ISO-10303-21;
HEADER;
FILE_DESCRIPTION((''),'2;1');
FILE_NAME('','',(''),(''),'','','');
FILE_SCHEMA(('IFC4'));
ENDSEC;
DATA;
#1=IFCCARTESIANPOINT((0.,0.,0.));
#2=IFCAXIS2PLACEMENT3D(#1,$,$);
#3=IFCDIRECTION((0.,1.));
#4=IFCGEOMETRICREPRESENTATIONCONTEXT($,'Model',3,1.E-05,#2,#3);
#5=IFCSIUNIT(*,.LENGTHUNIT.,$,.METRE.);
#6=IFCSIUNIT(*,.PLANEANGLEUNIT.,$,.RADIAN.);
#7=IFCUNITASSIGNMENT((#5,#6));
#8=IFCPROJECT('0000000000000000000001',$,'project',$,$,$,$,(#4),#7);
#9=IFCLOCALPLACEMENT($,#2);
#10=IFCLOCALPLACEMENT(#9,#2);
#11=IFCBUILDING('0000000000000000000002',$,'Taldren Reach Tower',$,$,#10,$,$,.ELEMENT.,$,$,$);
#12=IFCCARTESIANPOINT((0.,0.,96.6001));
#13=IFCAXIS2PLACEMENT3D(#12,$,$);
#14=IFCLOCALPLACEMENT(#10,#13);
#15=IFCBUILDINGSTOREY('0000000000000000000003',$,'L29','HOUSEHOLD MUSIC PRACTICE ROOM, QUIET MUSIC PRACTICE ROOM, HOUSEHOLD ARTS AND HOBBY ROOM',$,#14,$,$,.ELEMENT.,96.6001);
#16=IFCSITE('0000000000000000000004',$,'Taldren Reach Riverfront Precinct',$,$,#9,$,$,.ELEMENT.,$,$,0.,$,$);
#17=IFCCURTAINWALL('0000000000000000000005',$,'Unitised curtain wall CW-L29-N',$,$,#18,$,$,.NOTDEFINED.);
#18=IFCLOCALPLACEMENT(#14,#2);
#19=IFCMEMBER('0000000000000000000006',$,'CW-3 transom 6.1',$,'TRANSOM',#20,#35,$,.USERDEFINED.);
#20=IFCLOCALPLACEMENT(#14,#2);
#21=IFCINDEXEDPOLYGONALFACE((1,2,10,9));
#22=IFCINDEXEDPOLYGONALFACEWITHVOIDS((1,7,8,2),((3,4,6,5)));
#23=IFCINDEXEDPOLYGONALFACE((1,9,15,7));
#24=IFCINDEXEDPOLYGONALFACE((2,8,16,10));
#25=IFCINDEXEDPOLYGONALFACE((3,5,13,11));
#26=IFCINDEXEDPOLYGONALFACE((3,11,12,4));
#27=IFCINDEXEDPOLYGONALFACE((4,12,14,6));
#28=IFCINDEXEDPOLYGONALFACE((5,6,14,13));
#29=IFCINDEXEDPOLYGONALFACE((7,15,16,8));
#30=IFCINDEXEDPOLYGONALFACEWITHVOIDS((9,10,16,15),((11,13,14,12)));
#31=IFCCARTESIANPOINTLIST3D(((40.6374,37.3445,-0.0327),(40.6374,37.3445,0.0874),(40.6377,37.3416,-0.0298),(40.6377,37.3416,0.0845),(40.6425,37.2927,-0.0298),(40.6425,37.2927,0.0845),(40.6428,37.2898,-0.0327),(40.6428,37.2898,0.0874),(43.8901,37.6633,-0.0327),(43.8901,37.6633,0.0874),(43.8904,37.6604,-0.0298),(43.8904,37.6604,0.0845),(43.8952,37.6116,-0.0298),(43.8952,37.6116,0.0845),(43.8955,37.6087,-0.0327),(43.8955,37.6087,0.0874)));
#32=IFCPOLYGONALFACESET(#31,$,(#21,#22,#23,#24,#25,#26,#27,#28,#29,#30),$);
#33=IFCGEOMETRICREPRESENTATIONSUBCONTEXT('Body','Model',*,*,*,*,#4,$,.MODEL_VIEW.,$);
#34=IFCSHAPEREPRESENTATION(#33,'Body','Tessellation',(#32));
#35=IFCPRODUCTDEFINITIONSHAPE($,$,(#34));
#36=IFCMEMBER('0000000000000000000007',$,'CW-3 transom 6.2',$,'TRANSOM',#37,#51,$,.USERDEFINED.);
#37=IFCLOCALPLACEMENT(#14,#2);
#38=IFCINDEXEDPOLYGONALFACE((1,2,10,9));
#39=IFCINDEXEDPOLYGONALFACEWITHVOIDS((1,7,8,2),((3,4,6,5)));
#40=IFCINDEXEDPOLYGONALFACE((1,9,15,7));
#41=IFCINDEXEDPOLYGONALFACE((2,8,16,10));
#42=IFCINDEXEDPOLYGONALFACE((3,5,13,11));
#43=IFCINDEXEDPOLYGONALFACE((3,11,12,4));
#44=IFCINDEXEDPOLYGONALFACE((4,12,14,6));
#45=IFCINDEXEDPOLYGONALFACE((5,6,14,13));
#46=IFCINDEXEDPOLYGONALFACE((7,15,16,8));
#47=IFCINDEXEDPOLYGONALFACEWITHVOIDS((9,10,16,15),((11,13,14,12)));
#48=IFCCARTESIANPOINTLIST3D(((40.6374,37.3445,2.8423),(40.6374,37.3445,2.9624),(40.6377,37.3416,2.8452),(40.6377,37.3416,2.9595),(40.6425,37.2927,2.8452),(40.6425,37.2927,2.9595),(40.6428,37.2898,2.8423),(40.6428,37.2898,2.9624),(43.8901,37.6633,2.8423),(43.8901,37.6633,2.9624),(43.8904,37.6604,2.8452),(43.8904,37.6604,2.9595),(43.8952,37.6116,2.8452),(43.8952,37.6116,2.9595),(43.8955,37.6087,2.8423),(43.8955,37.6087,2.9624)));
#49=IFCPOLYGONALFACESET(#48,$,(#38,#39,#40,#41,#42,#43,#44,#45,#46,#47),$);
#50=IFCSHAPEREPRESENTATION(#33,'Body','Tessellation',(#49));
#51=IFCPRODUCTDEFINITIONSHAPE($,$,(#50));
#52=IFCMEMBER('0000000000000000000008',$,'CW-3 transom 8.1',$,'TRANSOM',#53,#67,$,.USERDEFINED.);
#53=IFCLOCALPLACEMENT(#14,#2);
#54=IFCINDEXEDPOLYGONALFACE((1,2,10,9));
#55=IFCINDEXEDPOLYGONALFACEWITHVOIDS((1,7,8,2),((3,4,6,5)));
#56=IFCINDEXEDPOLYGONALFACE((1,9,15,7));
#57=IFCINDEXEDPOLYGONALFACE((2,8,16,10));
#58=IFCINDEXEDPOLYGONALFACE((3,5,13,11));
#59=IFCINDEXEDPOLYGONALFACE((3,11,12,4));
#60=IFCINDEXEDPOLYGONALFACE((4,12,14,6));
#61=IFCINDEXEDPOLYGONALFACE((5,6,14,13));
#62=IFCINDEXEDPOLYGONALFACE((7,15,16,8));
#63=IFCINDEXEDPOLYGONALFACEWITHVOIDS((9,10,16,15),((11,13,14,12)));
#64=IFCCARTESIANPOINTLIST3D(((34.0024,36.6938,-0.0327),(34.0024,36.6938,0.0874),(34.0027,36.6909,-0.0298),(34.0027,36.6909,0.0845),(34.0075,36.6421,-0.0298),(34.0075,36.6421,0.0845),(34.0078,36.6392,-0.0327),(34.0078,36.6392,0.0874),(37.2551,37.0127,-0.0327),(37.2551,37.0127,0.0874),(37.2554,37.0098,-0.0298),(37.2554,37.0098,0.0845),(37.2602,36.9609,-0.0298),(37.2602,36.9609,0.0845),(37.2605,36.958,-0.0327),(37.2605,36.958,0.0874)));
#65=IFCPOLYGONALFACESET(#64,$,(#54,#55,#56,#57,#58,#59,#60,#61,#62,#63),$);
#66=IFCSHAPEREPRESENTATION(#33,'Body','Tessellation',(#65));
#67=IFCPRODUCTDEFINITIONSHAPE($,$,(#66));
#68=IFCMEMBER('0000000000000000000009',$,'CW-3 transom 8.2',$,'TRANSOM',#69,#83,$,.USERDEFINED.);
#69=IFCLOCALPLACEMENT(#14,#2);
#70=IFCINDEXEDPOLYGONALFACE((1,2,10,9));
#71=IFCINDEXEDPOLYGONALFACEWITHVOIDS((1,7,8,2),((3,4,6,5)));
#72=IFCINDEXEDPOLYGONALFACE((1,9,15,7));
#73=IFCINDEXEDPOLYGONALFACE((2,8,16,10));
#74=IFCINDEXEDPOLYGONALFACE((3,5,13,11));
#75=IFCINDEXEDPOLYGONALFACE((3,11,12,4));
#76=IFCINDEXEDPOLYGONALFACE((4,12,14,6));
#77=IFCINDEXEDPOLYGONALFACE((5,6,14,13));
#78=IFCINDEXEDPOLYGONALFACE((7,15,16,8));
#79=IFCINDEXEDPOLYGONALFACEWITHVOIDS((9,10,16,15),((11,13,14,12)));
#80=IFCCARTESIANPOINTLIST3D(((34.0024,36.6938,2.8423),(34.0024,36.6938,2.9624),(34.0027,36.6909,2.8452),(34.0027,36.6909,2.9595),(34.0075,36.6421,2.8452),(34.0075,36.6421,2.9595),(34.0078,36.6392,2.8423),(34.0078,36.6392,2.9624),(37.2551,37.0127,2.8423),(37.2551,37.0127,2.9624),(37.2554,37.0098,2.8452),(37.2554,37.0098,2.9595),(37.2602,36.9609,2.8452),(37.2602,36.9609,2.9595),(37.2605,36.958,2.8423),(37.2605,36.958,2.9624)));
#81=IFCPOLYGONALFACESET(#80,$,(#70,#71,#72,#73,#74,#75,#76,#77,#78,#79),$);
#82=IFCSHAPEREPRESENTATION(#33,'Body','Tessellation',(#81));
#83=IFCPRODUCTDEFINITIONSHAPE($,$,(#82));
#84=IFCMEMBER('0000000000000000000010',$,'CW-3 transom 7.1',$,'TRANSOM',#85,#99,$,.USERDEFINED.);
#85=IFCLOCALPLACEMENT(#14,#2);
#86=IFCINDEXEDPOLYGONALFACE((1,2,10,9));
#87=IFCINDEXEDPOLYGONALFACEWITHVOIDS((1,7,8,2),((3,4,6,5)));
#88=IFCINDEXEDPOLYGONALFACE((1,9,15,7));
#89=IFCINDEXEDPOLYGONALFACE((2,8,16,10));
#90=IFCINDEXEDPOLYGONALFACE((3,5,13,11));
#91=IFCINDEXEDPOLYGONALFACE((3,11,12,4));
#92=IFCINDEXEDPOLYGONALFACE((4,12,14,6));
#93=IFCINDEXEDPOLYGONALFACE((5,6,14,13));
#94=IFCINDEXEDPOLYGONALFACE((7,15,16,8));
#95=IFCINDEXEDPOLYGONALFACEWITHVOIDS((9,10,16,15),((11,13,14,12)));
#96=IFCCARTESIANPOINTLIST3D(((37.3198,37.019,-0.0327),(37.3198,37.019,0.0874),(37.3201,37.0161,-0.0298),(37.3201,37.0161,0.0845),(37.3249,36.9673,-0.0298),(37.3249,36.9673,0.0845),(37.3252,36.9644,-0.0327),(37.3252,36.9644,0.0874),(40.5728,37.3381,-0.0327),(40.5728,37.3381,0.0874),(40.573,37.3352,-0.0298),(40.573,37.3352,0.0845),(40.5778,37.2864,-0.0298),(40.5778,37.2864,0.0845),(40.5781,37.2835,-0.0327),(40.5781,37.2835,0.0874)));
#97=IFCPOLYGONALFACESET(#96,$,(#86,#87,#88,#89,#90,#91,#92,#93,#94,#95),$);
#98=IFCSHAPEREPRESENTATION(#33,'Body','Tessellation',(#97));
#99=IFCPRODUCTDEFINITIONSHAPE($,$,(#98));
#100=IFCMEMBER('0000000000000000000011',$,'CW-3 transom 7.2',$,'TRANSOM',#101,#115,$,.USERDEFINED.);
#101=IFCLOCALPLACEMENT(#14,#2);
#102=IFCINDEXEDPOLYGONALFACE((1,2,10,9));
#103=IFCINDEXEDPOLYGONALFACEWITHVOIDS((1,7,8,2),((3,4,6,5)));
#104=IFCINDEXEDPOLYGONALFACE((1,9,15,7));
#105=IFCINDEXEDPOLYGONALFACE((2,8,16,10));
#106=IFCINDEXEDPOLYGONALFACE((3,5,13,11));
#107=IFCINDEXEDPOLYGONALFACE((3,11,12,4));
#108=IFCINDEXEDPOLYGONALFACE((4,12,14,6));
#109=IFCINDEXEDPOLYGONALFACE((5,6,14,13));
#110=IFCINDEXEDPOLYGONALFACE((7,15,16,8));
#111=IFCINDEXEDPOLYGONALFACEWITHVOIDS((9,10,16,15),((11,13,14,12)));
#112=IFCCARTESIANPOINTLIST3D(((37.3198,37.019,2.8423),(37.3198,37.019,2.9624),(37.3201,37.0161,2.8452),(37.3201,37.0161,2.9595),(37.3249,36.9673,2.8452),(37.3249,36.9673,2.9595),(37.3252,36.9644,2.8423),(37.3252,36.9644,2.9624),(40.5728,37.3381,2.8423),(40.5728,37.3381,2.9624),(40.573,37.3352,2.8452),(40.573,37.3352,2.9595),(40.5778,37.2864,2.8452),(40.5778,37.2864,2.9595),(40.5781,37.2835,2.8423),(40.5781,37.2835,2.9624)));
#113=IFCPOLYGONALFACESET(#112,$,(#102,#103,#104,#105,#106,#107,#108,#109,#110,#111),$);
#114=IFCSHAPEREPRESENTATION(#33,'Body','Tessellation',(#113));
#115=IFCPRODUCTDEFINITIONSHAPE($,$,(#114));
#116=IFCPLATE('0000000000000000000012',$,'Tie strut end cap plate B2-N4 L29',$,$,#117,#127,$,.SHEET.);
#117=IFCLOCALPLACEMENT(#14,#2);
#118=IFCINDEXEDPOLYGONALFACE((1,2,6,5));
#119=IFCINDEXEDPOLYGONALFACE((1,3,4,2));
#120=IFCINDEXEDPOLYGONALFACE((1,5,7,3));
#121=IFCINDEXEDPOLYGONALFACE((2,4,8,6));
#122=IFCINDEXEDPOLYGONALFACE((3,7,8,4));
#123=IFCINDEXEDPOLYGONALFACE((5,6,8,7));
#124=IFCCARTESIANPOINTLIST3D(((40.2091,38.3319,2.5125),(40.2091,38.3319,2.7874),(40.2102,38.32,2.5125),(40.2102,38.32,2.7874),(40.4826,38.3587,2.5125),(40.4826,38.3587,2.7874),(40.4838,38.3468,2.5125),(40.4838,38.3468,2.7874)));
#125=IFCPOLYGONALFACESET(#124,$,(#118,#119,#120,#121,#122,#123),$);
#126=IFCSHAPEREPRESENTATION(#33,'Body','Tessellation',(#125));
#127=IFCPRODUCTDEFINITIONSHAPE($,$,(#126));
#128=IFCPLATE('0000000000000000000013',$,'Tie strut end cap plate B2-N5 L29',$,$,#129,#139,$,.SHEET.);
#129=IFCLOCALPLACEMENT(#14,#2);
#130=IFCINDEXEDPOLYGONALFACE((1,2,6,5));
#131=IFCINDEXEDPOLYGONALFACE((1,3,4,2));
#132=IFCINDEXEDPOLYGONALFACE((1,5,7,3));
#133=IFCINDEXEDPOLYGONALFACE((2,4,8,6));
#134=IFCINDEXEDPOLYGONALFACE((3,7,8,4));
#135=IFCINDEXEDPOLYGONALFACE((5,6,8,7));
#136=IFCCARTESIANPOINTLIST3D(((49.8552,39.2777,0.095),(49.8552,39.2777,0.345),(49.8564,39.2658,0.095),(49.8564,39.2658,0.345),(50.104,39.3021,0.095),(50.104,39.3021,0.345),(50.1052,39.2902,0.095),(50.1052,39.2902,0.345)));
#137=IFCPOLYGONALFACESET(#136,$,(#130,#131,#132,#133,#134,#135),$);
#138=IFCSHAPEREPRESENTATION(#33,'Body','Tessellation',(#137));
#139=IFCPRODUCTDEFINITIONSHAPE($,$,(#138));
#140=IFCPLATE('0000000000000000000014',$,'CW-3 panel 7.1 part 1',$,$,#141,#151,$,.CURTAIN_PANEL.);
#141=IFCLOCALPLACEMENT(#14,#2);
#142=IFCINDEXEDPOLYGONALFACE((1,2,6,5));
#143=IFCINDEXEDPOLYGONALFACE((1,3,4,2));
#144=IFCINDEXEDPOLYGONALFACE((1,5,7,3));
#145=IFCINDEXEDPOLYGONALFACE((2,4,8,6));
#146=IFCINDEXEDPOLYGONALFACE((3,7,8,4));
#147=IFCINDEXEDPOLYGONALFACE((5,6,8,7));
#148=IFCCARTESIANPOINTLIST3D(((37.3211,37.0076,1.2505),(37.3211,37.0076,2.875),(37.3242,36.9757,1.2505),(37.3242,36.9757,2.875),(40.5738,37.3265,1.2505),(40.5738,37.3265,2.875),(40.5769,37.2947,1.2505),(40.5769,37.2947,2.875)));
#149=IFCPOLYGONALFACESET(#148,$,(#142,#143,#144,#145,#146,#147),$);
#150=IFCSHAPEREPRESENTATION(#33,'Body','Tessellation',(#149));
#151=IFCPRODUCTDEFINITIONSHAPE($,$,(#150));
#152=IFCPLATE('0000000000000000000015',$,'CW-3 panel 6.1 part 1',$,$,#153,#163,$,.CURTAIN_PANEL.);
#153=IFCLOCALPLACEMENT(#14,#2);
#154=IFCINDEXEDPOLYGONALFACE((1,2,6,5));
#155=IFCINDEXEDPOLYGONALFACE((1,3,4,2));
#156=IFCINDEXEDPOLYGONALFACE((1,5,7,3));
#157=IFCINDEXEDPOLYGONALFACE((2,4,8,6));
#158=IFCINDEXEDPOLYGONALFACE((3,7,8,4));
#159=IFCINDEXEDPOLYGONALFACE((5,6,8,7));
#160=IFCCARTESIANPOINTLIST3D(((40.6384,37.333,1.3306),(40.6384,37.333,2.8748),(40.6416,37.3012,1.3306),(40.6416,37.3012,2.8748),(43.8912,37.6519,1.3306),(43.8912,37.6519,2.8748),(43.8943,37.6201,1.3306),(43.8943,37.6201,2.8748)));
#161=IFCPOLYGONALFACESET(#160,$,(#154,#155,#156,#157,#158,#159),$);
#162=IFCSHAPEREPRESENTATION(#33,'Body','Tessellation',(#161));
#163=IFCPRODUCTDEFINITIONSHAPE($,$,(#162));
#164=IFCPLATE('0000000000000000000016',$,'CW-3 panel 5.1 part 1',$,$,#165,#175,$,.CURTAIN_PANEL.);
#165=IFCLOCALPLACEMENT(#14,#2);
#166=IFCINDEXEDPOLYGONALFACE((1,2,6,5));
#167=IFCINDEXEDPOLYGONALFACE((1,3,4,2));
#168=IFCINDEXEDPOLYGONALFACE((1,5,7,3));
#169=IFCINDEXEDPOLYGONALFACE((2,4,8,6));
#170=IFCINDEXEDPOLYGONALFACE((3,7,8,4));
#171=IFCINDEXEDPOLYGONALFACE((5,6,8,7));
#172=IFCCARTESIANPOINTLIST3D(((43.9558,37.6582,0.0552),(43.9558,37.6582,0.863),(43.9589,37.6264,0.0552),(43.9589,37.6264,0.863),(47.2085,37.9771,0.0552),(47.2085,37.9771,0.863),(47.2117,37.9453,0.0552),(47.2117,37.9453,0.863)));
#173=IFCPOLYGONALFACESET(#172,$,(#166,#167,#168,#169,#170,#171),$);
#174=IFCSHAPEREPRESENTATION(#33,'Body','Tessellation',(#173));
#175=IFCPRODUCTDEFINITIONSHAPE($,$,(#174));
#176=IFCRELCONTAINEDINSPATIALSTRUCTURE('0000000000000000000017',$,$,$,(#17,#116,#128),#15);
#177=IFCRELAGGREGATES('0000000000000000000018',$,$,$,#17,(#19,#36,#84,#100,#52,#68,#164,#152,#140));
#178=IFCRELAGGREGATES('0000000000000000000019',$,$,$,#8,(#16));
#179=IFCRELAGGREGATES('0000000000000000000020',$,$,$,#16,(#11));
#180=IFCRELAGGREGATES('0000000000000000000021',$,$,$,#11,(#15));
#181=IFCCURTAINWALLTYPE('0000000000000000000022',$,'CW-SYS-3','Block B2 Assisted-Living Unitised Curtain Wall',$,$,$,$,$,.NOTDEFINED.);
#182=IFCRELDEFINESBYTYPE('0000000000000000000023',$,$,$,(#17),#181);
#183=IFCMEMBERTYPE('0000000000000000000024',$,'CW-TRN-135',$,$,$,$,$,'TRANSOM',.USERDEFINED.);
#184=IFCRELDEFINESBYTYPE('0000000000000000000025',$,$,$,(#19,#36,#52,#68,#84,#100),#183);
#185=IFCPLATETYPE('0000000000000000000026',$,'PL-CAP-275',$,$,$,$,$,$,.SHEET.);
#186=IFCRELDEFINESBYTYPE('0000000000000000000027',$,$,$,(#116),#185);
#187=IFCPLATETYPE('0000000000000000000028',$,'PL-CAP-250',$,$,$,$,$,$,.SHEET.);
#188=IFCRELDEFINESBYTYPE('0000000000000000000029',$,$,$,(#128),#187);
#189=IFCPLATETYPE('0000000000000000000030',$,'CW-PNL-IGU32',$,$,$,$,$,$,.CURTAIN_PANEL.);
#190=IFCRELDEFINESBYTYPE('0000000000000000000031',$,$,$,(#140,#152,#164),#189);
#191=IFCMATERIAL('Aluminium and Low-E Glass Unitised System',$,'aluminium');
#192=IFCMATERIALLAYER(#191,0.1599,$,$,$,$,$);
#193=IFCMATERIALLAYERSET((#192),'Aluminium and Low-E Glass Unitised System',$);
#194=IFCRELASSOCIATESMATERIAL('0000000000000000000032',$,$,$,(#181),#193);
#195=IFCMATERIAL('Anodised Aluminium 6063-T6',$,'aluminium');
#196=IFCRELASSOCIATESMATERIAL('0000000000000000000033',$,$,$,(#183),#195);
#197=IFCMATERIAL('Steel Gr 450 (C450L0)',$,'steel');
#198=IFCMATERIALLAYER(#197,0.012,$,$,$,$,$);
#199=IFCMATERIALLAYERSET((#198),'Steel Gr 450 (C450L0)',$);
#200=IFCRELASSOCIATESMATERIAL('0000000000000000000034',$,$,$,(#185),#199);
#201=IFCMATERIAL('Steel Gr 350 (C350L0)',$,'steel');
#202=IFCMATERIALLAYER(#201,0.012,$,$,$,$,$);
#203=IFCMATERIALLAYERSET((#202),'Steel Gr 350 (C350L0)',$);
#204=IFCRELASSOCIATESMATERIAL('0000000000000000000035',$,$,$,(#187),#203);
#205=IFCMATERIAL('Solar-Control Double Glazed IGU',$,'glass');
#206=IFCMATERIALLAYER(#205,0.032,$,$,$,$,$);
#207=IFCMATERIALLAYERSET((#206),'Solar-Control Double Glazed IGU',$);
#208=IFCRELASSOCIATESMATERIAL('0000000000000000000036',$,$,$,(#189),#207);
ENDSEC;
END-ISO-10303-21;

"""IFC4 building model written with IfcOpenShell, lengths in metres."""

from ifc_helpers import new_model, si_unit, direction, frame, origin, origin_2d, place, context, subcontext, project, spatial, rectangle, hollow_rectangle, extrude, source, transform, mapped, material, layer, layer_set, material_profile, profile_set, type_object, element, aggregate, save


model = new_model("IFC4")

# Units and contexts
model_context = context("Model", 3, precision=1e-05, world=origin(), true_north=direction((0.0, 1.0)))
body_context = subcontext(model_context, "Body", "Model", "MODEL_VIEW")
ifc_project = project(units=[si_unit("LENGTHUNIT", "METRE"), si_unit("PLANEANGLEUNIT", "RADIAN")], contexts=[model_context])

# Site, building, storey
site_placement = place(None, origin())
site = spatial("IfcSite", under=ifc_project, at=site_placement, Name="Taldren Reach Riverfront Precinct", CompositionType="ELEMENT", RefElevation=0.0)
building_placement = place(site_placement, origin())
building = spatial("IfcBuilding", under=site, at=building_placement, Name="Taldren Reach Tower", CompositionType="ELEMENT")
storey_placement = place(building_placement, frame((0.0, 0.0, 96.6001)))
storey = spatial("IfcBuildingStorey", under=building, at=storey_placement, Name="L29", Description="HOUSEHOLD MUSIC PRACTICE ROOM, QUIET MUSIC PRACTICE ROOM, HOUSEHOLD ARTS AND HOBBY ROOM", CompositionType="ELEMENT", Elevation=96.6001)

# Shared definitions
ifc_material_1 = material(Name="Steel Gr 450 (C450L0)", Category="steel")
ifc_material_2 = material(Name="Steel Gr 350 (C350L0)", Category="steel")

# Curtain wall, members
ifc_material_3 = material(Name="Aluminium and Low-E Glass Unitised System", Category="aluminium")
ifc_layer_1 = layer(ifc_material_3, 0.1599)
ifc_layer_set_1 = layer_set([ifc_layer_1], Name="Aluminium and Low-E Glass Unitised System")
curtain_wall_type = type_object("IfcCurtainWallType", Name="CW-SYS-3", Description="Block B2 Assisted-Living Unitised Curtain Wall", PredefinedType="NOTDEFINED", material=ifc_layer_set_1)
curtain_wall_placement = place(storey_placement, origin())
curtain_wall = element("IfcCurtainWall", 1, at=curtain_wall_placement, inside=storey, type_object=curtain_wall_type, Name="Unitised curtain wall CW-L29-N", PredefinedType="NOTDEFINED")
ifc_material_4 = material(Name="Anodised Aluminium 6063-T6", Category="aluminium")
ifc_material_profile_1 = material_profile(ifc_material_4, hollow_rectangle(XDim=0.0549, YDim=0.1201, WallThickness=0.0029, at=origin_2d()), Name="ALU-120x55x3RHS")
ifc_profile_set_1 = profile_set([ifc_material_profile_1], Name="Anodised Aluminium 6063-T6")
member_type_1 = type_object("IfcMemberType", Name="CW-TRN-135", ElementType="TRANSOM", PredefinedType="USERDEFINED", material=ifc_profile_set_1)
shared_shape_1 = source(origin(), body_context, "Body", "SweptSolid", [
    extrude(hollow_rectangle(XDim=0.0549, YDim=0.1201, WallThickness=0.0029, at=origin_2d()), origin(), (0.0, 0.0, 1.0), 3.2683),
])
member_1_placement = place(storey_placement, frame((43.8928, 37.636, 0.0273), z_axis=(-0.99523, -0.097558, 0.0), x_axis=(0.097558, -0.99523, 0.0)))
member_1 = element("IfcMember", 2, at=member_1_placement, type_object=member_type_1, Name="CW-3 transom 6.1", ObjectType="TRANSOM", PredefinedType="USERDEFINED", context=body_context, shape_type="MappedRepresentation", body=[
    mapped(shared_shape_1, transform((0.0, 0.0, 0.0), scale=1.0)),
])
member_2_placement = place(storey_placement, frame((43.8928, 37.636, 2.9023), z_axis=(-0.99523, -0.097558, 0.0), x_axis=(0.097558, -0.99523, 0.0)))
member_2 = element("IfcMember", 3, at=member_2_placement, type_object=member_type_1, Name="CW-3 transom 6.2", ObjectType="TRANSOM", PredefinedType="USERDEFINED", context=body_context, shape_type="MappedRepresentation", body=[
    mapped(shared_shape_1, transform((0.0, 0.0, 0.0), scale=1.0)),
])
member_3_placement = place(storey_placement, frame((37.2578, 36.9854, 0.0273), z_axis=(-0.99523, -0.097558, 0.0), x_axis=(0.097558, -0.99523, 0.0)))
member_3 = element("IfcMember", 4, at=member_3_placement, type_object=member_type_1, Name="CW-3 transom 8.1", ObjectType="TRANSOM", PredefinedType="USERDEFINED", context=body_context, shape_type="MappedRepresentation", body=[
    mapped(shared_shape_1, transform((0.0, 0.0, 0.0), scale=1.0)),
])
member_4_placement = place(storey_placement, frame((37.2578, 36.9854, 2.9023), z_axis=(-0.99523, -0.097558, 0.0), x_axis=(0.097558, -0.99523, 0.0)))
member_4 = element("IfcMember", 5, at=member_4_placement, type_object=member_type_1, Name="CW-3 transom 8.2", ObjectType="TRANSOM", PredefinedType="USERDEFINED", context=body_context, shape_type="MappedRepresentation", body=[
    mapped(shared_shape_1, transform((0.0, 0.0, 0.0), scale=1.0)),
])
shared_shape_2 = source(origin(), body_context, "Body", "SweptSolid", [
    extrude(hollow_rectangle(XDim=0.0549, YDim=0.1201, WallThickness=0.0029, at=origin_2d()), origin(), (0.0, 0.0, 1.0), 3.2686),
])
member_5_placement = place(storey_placement, frame((40.5754, 37.3108, 0.0273), z_axis=(-0.995223, -0.097625, 0.0), x_axis=(0.097625, -0.995223, 0.0)))
member_5 = element("IfcMember", 6, at=member_5_placement, type_object=member_type_1, Name="CW-3 transom 7.1", ObjectType="TRANSOM", PredefinedType="USERDEFINED", context=body_context, shape_type="MappedRepresentation", body=[
    mapped(shared_shape_2, transform((0.0, 0.0, 0.0), scale=1.0)),
])
member_6_placement = place(storey_placement, frame((40.5754, 37.3108, 2.9023), z_axis=(-0.995223, -0.097625, 0.0), x_axis=(0.097625, -0.995223, 0.0)))
member_6 = element("IfcMember", 7, at=member_6_placement, type_object=member_type_1, Name="CW-3 transom 7.2", ObjectType="TRANSOM", PredefinedType="USERDEFINED", context=body_context, shape_type="MappedRepresentation", body=[
    mapped(shared_shape_2, transform((0.0, 0.0, 0.0), scale=1.0)),
])

# Plates
ifc_layer_2 = layer(ifc_material_1, 0.012)
ifc_layer_set_2 = layer_set([ifc_layer_2], Name="Steel Gr 450 (C450L0)")
plate_type_1 = type_object("IfcPlateType", Name="PL-CAP-275", PredefinedType="SHEET", material=ifc_layer_set_2)
shared_shape_3 = source(origin(), body_context, "Body", "SweptSolid", [
    extrude(rectangle(XDim=0.2749, YDim=0.012, at=origin_2d()), origin(), (0.0, 0.0, 1.0), 0.2749),
])
plate_1_placement = place(storey_placement, frame((40.3464, 38.3394, 2.5125), z_axis=(0.0, 0.0, 1.0), x_axis=(0.995227, 0.097583, 0.0)))
element("IfcPlate", 8, at=plate_1_placement, inside=storey, type_object=plate_type_1, Name="Tie strut end cap plate B2-N4 L29", PredefinedType="SHEET", context=body_context, shape_type="MappedRepresentation", body=[
    mapped(shared_shape_3, transform((0.0, 0.0, 0.0), scale=1.0)),
])
ifc_layer_3 = layer(ifc_material_2, 0.012)
ifc_layer_set_3 = layer_set([ifc_layer_3], Name="Steel Gr 350 (C350L0)")
plate_type_2 = type_object("IfcPlateType", Name="PL-CAP-250", PredefinedType="SHEET", material=ifc_layer_set_3)
shared_shape_4 = source(origin(), body_context, "Body", "SweptSolid", [
    extrude(rectangle(XDim=0.25, YDim=0.012, at=origin_2d()), origin(), (0.0, 0.0, 1.0), 0.25),
])
plate_2_placement = place(storey_placement, frame((49.9802, 39.2839, 0.095), z_axis=(0.0, 0.0, 1.0), x_axis=(0.995227, 0.097583, 0.0)))
element("IfcPlate", 9, at=plate_2_placement, inside=storey, type_object=plate_type_2, Name="Tie strut end cap plate B2-N5 L29", PredefinedType="SHEET", context=body_context, shape_type="MappedRepresentation", body=[
    mapped(shared_shape_4, transform((0.0, 0.0, 0.0), scale=1.0)),
])

# Plates
ifc_material_5 = material(Name="Solar-Control Double Glazed IGU", Category="glass")
ifc_layer_4 = layer(ifc_material_5, 0.032)
ifc_layer_set_4 = layer_set([ifc_layer_4], Name="Solar-Control Double Glazed IGU")
plate_type_3 = type_object("IfcPlateType", Name="CW-PNL-IGU32", PredefinedType="CURTAIN_PANEL", material=ifc_layer_set_4)
shared_shape_5 = source(origin(), body_context, "Body", "SweptSolid", [
    extrude(rectangle(XDim=3.2683, YDim=0.032, at=origin_2d()), origin(), (0.0, 0.0, 1.0), 1.6245),
])
plate_3_placement = place(storey_placement, frame((38.949, 37.1511, 1.2505), z_axis=(0.0, 0.0, 1.0), x_axis=(-0.995227, -0.097583, 0.0)))
plate_3 = element("IfcPlate", 10, at=plate_3_placement, type_object=plate_type_3, Name="CW-3 panel 7.1 part 1", PredefinedType="CURTAIN_PANEL", context=body_context, shape_type="MappedRepresentation", body=[
    mapped(shared_shape_5, transform((0.0, 0.0, 0.0), scale=1.0)),
])
shared_shape_6 = source(origin(), body_context, "Body", "SweptSolid", [
    extrude(rectangle(XDim=3.2683, YDim=0.032, at=origin_2d()), origin(), (0.0, 0.0, 1.0), 1.5442),
])
plate_4_placement = place(storey_placement, frame((42.2664, 37.4766, 1.3306), z_axis=(0.0, 0.0, 1.0), x_axis=(-0.995227, -0.097583, 0.0)))
plate_4 = element("IfcPlate", 11, at=plate_4_placement, type_object=plate_type_3, Name="CW-3 panel 6.1 part 1", PredefinedType="CURTAIN_PANEL", context=body_context, shape_type="MappedRepresentation", body=[
    mapped(shared_shape_6, transform((0.0, 0.0, 0.0), scale=1.0)),
])
shared_shape_7 = source(origin(), body_context, "Body", "SweptSolid", [
    extrude(rectangle(XDim=3.2683, YDim=0.032, at=origin_2d()), origin(), (0.0, 0.0, 1.0), 0.8079),
])
plate_5_placement = place(storey_placement, frame((45.5837, 37.8018, 0.0552), z_axis=(0.0, 0.0, 1.0), x_axis=(-0.995227, -0.097583, 0.0)))
plate_5 = element("IfcPlate", 12, at=plate_5_placement, type_object=plate_type_3, Name="CW-3 panel 5.1 part 1", PredefinedType="CURTAIN_PANEL", context=body_context, shape_type="MappedRepresentation", body=[
    mapped(shared_shape_7, transform((0.0, 0.0, 0.0), scale=1.0)),
])
aggregate(curtain_wall, [member_1, member_2, member_5, member_6, member_3, member_4, plate_5, plate_4, plate_3])

save(model, "model.ifc")
